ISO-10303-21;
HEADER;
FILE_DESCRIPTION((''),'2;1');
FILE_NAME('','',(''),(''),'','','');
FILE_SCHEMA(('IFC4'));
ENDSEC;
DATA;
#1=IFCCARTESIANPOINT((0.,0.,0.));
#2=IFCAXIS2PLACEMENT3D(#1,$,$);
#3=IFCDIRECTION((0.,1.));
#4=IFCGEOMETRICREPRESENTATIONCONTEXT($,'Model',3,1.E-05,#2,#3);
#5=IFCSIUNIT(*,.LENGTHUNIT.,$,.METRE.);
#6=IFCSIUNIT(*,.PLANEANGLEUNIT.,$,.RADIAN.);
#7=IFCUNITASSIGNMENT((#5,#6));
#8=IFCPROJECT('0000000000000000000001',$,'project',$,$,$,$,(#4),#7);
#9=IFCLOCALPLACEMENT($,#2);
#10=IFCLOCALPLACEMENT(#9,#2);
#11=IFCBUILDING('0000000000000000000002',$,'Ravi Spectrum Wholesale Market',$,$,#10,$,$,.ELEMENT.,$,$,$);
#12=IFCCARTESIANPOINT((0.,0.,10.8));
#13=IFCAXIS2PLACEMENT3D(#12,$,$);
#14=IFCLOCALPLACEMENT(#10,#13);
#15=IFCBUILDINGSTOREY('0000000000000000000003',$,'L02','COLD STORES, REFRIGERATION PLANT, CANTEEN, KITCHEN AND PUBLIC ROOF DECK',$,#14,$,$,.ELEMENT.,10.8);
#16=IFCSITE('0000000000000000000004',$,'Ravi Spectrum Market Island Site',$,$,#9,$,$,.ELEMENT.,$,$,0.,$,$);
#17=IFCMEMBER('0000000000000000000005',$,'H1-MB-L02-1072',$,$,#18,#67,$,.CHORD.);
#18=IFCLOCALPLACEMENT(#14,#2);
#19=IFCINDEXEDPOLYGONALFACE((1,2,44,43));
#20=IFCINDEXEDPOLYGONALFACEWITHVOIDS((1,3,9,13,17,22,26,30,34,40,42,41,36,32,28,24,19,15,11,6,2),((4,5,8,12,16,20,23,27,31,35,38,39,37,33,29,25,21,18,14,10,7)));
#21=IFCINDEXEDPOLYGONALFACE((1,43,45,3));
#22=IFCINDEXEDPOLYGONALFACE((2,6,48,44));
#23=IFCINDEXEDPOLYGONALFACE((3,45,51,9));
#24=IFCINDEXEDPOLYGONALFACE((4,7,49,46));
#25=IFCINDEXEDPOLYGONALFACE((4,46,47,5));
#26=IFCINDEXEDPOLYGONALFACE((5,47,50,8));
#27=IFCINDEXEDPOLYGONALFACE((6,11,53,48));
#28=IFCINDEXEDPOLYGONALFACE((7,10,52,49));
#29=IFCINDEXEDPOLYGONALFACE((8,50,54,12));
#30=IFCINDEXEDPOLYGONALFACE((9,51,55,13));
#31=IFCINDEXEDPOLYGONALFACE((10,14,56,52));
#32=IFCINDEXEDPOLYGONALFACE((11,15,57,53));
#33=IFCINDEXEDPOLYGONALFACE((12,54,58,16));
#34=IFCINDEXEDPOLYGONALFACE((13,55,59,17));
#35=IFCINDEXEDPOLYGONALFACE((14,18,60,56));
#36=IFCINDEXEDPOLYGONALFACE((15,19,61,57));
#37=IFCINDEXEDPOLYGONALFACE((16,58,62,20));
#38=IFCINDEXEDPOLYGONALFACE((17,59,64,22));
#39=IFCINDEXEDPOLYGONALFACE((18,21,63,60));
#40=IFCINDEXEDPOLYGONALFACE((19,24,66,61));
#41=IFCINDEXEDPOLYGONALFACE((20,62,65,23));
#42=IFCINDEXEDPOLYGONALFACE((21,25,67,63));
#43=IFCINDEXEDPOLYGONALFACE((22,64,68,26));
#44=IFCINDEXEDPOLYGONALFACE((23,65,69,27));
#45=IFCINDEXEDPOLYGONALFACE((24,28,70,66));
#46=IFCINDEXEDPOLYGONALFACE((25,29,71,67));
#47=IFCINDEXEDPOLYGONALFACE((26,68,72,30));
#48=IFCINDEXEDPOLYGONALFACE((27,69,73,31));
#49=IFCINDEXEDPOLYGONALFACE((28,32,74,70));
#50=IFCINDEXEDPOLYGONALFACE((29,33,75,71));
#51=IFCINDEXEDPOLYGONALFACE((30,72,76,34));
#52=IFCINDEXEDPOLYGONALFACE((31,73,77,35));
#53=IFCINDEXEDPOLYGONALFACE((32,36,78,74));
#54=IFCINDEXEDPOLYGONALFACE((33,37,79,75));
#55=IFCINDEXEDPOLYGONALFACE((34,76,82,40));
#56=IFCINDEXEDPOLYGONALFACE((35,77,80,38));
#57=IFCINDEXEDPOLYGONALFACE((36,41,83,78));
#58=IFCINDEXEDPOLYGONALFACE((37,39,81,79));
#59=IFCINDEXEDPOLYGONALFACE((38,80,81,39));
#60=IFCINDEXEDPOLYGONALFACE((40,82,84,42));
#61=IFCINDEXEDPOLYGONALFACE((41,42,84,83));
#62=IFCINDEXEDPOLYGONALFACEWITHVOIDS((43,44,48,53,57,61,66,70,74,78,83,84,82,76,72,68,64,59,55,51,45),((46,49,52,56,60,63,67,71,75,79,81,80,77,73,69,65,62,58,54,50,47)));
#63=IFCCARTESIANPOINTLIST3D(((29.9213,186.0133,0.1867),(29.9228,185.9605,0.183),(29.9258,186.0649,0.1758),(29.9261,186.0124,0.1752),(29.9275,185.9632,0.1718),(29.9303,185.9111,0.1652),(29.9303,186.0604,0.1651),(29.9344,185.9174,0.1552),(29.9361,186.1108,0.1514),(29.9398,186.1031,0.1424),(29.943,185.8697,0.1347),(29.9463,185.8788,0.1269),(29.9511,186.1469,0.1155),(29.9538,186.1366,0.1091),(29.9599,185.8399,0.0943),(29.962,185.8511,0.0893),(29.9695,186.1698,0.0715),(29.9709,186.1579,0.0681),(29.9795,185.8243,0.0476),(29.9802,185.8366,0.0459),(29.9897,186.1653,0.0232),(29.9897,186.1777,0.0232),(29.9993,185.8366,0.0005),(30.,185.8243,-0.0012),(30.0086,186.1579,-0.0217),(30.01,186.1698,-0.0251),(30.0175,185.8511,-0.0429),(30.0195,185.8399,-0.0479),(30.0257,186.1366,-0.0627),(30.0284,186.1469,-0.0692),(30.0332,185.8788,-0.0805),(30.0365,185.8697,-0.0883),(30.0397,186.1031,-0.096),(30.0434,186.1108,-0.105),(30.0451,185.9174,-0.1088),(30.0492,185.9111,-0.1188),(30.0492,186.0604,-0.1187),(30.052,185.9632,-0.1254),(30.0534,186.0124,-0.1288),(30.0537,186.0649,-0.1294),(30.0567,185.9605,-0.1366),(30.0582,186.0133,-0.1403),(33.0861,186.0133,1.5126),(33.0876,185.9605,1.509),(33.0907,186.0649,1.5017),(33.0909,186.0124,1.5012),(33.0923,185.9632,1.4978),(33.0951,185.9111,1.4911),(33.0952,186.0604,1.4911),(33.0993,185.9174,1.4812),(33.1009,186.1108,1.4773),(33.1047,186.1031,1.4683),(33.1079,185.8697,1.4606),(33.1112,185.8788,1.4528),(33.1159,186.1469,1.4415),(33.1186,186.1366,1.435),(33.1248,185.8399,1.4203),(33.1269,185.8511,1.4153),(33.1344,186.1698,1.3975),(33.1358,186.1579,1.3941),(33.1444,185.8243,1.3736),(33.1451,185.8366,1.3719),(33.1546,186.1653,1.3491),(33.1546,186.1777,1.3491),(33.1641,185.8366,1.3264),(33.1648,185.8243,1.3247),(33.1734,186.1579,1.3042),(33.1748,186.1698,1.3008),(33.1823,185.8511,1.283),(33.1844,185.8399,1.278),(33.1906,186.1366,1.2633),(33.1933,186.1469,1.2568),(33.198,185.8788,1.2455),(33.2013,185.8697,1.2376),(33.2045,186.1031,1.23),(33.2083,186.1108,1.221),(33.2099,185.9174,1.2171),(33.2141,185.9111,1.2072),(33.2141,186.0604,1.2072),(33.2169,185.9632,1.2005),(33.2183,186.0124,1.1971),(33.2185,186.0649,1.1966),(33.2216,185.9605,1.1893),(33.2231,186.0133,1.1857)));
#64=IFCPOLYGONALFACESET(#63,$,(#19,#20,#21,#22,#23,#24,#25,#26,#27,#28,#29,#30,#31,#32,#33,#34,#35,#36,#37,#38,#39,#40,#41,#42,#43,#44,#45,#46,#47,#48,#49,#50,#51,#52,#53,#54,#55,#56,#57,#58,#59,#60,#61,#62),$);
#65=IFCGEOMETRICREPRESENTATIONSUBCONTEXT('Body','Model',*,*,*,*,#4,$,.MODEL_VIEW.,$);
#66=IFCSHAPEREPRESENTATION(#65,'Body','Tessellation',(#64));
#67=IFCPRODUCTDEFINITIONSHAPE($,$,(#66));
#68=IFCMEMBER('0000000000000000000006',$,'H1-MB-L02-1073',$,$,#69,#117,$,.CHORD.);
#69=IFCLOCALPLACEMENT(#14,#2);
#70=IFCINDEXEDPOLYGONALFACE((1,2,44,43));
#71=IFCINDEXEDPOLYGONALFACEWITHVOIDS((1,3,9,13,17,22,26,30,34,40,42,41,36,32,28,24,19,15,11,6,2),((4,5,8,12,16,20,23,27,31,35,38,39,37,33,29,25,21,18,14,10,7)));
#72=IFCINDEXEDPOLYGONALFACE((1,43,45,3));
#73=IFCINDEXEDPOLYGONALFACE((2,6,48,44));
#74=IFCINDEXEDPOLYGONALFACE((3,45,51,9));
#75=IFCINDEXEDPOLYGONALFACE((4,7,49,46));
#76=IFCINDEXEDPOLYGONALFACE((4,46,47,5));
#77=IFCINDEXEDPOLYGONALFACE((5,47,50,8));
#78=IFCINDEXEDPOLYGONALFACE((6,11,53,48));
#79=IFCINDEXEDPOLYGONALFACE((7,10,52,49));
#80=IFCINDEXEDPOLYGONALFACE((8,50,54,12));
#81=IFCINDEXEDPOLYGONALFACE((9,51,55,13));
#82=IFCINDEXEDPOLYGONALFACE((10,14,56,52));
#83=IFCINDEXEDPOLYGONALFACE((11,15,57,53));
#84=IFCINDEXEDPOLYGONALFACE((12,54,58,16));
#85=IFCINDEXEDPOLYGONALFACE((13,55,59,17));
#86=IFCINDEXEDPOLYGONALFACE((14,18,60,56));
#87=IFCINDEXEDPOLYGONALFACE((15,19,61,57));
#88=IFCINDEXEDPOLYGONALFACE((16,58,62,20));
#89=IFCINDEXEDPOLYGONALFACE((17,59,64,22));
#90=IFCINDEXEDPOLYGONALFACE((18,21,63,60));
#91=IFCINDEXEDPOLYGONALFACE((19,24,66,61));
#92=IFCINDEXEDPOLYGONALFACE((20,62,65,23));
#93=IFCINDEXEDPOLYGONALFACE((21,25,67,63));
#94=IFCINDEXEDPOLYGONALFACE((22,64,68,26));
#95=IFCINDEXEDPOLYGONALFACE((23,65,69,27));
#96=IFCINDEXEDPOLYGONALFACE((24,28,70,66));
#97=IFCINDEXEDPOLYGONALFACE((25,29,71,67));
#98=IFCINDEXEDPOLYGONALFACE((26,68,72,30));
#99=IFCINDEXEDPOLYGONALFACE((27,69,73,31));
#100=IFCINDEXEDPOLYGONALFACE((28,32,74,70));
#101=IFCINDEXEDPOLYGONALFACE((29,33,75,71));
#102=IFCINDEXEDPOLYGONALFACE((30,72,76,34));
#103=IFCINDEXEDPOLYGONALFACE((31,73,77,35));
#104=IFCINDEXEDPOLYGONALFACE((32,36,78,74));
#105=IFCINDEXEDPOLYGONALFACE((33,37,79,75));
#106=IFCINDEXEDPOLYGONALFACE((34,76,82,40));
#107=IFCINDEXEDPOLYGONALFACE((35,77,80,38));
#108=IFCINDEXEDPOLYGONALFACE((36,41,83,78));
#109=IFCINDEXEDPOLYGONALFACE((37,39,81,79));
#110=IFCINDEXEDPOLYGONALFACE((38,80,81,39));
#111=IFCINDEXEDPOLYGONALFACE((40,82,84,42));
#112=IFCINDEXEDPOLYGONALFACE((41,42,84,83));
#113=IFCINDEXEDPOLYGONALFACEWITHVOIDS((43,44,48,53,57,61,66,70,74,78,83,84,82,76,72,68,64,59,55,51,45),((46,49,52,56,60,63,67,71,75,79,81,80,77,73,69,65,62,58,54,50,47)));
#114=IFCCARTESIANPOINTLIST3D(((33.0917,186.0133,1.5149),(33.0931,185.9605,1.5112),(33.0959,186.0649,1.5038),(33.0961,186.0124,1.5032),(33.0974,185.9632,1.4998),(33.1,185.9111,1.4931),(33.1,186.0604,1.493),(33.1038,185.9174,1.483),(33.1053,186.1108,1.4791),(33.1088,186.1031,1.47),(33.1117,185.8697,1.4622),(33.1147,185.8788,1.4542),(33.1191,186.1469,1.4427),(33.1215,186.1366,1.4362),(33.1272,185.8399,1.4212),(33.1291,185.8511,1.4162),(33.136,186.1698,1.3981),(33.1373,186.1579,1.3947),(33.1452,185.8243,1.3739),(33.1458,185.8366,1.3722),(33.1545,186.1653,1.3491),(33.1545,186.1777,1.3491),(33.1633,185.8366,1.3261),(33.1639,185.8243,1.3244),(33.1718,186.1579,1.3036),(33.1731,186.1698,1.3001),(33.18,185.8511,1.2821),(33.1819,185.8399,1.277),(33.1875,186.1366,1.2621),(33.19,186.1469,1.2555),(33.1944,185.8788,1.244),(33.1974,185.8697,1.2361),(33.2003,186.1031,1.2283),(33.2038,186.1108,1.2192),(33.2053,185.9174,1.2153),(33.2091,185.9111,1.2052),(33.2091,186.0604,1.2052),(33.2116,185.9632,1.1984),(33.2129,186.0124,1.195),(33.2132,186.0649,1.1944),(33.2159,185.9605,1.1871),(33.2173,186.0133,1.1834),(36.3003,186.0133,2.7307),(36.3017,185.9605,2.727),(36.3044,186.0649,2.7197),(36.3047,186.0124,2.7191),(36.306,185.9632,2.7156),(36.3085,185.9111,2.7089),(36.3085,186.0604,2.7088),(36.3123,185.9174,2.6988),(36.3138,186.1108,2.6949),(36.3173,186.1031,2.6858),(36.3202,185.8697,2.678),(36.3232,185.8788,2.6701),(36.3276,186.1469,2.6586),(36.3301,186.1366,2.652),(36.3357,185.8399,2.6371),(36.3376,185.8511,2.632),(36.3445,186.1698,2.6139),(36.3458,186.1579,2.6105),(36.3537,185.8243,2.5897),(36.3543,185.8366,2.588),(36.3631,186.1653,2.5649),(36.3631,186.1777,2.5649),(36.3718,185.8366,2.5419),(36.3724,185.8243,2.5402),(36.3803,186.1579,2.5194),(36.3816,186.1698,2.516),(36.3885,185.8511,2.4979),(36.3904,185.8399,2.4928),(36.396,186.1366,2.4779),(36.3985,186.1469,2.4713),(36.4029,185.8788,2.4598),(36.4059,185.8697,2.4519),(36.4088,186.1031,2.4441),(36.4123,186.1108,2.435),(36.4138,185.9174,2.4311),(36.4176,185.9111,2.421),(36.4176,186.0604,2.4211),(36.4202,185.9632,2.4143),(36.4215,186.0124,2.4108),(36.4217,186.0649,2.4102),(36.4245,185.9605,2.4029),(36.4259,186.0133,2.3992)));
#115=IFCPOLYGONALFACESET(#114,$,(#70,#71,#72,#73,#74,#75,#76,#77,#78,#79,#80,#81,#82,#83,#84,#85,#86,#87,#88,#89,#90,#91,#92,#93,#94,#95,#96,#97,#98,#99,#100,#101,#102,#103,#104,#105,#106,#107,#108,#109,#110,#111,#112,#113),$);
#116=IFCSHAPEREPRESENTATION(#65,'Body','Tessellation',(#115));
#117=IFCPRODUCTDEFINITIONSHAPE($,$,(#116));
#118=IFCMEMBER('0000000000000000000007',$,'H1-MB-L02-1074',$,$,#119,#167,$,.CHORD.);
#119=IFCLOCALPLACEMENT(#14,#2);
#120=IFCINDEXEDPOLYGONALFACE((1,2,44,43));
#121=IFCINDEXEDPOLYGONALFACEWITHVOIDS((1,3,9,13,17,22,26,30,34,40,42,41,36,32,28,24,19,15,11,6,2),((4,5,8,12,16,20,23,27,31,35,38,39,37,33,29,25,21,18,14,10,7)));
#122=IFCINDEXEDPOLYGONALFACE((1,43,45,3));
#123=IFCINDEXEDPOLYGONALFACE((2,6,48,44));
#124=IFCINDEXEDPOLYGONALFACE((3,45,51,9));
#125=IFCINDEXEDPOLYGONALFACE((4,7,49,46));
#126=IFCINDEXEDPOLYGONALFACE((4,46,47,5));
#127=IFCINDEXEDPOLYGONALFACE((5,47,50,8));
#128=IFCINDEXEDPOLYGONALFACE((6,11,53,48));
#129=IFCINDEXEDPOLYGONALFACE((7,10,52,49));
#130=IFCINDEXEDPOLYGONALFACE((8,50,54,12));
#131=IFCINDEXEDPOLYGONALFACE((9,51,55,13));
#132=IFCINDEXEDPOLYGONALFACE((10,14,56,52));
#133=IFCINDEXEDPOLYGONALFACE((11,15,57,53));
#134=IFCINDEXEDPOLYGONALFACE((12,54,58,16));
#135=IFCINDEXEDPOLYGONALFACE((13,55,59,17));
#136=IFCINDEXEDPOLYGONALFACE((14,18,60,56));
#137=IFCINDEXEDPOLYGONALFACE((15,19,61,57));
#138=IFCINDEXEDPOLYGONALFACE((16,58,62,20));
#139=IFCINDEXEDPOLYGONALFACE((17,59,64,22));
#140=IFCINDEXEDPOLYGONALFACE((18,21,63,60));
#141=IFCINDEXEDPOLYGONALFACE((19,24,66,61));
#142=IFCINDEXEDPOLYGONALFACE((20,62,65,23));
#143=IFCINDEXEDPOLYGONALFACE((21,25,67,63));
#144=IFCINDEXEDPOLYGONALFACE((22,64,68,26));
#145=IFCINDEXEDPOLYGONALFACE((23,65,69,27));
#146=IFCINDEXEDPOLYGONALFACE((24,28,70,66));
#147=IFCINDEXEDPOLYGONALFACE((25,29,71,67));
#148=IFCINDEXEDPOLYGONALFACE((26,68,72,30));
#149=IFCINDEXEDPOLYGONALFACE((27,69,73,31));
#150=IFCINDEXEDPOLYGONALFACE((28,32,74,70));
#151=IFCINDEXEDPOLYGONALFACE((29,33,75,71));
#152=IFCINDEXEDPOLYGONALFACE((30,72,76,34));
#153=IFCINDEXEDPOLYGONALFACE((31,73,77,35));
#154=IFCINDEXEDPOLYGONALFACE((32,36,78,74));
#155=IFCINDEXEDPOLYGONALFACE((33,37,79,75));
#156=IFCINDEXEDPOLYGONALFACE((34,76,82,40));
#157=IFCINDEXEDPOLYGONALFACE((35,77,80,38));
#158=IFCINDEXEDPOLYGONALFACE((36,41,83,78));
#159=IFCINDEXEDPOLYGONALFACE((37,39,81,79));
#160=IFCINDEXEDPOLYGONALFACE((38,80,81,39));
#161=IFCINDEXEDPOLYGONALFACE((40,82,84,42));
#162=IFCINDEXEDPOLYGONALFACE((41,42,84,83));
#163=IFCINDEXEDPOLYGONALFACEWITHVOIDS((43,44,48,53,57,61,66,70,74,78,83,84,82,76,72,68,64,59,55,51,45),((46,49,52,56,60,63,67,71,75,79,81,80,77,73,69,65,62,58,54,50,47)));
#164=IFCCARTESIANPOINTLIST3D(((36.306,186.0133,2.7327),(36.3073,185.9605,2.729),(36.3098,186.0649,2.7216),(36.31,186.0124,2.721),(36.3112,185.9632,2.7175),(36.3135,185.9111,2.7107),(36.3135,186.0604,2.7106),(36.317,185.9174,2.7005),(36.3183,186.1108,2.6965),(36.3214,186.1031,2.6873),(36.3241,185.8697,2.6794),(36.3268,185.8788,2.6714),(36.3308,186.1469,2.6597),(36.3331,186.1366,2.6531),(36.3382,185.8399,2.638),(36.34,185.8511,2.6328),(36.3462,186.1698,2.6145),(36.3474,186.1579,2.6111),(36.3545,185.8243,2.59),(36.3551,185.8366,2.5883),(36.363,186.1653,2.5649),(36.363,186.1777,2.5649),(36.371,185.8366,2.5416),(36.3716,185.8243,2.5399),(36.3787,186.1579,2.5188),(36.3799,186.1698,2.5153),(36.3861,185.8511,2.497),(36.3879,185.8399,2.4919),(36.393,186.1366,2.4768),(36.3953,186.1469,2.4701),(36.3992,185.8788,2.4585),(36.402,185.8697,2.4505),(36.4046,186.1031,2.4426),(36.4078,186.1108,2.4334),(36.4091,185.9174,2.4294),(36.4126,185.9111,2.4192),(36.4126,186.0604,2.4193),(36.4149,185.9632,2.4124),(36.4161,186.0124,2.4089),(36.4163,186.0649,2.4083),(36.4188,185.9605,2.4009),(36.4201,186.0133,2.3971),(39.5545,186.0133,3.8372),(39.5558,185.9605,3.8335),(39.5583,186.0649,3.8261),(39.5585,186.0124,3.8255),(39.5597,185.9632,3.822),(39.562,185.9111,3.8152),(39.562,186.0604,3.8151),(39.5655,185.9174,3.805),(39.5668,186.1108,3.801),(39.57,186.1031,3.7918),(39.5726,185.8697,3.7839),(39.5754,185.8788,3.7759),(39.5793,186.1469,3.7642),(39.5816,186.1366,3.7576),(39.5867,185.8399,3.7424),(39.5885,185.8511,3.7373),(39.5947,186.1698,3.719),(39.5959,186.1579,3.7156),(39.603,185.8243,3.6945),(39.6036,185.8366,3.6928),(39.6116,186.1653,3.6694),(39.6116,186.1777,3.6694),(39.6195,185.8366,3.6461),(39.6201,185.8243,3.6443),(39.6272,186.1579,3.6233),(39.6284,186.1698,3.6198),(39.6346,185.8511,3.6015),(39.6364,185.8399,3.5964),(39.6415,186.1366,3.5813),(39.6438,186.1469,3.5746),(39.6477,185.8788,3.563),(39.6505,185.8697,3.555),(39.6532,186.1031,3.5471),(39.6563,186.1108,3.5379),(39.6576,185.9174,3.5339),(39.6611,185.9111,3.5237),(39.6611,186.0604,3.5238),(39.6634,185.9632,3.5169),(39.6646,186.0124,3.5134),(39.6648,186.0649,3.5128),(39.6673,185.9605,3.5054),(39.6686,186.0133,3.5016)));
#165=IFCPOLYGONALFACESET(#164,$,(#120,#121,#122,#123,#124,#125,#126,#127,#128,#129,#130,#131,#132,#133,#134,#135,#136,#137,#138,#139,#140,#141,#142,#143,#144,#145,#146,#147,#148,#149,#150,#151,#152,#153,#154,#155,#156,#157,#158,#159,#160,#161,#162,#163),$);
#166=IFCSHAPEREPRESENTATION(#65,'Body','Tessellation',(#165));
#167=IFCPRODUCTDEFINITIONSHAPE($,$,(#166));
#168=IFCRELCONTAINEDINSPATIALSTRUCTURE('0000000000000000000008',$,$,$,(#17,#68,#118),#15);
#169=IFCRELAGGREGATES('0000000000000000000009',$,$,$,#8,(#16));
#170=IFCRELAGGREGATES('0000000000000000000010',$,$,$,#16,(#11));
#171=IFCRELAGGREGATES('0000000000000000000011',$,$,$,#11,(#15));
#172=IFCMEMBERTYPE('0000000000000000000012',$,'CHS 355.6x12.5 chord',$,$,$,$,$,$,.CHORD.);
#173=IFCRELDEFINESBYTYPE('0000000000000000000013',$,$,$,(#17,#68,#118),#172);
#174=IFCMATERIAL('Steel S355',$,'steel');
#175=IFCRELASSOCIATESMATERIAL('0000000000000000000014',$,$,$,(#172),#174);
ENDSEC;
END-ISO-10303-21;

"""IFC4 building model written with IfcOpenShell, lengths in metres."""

from ifc_helpers import new_model, si_unit, direction, frame, origin, origin_2d, place, context, subcontext, project, spatial, hollow_circle, extrude, material, material_profile, profile_set, type_object, element, save


model = new_model("IFC4")

# Units and contexts
model_context = context("Model", 3, precision=1e-05, world=origin(), true_north=direction((0.0, 1.0)))
body_context = subcontext(model_context, "Body", "Model", "MODEL_VIEW")
ifc_project = project(units=[si_unit("LENGTHUNIT", "METRE"), si_unit("PLANEANGLEUNIT", "RADIAN")], contexts=[model_context])

# Site, building, storey
site_placement = place(None, origin())
site = spatial("IfcSite", under=ifc_project, at=site_placement, Name="Ravi Spectrum Market Island Site", CompositionType="ELEMENT", RefElevation=0.0)
building_placement = place(site_placement, origin())
building = spatial("IfcBuilding", under=site, at=building_placement, Name="Ravi Spectrum Wholesale Market", CompositionType="ELEMENT")
storey_placement = place(building_placement, frame((0.0, 0.0, 10.8)))
storey = spatial("IfcBuildingStorey", under=building, at=storey_placement, Name="L02", Description="COLD STORES, REFRIGERATION PLANT, CANTEEN, KITCHEN AND PUBLIC ROOF DECK", CompositionType="ELEMENT", Elevation=10.8)

# Members
ifc_material_1 = material(Name="Steel S355", Category="steel")
ifc_material_profile_1 = material_profile(ifc_material_1, hollow_circle(Radius=0.1777, WallThickness=0.0125, at=origin_2d()))
ifc_profile_set_1 = profile_set([ifc_material_profile_1], Name="Steel S355")
member_type_1 = type_object("IfcMemberType", Name="CHS 355.6x12.5 chord", PredefinedType="CHORD", material=ifc_profile_set_1)
member_1_placement = place(storey_placement, frame((29.9897, 186.0, 0.0232), z_axis=(0.922324, 0.0, 0.386418), x_axis=(0.0, 1.0, 0.0)))
element("IfcMember", 1, at=member_1_placement, inside=storey, type_object=member_type_1, Name="H1-MB-L02-1072", PredefinedType="CHORD", context=body_context, shape_type="SweptSolid", body=[
    extrude(hollow_circle(Radius=0.1777, WallThickness=0.0125, at=origin_2d()), origin(), (0.0, 0.0, 1.0), 3.4314),
])
for number, where, z_axis, x_axis, name in (
    (2, (33.1545, 186.0, 1.3491), (0.935113, 0.0, 0.35435), (0.0, 1.0, 0.0), "H1-MB-L02-1073"),
    (3, (36.363, 186.0, 2.5649), (0.946774, 0.0, 0.3219), (0.0, 1.0, 0.0), "H1-MB-L02-1074"),
):
    element("IfcMember", number, at=place(storey_placement, frame(where, z_axis=z_axis, x_axis=x_axis)), inside=storey, type_object=member_type_1, Name=name, PredefinedType="CHORD", context=body_context, shape_type="SweptSolid", body=[
        extrude(hollow_circle(Radius=0.1777, WallThickness=0.0125, at=origin_2d()), origin(), (0.0, 0.0, 1.0), 3.4312),
    ])

save(model, "model.ifc")
